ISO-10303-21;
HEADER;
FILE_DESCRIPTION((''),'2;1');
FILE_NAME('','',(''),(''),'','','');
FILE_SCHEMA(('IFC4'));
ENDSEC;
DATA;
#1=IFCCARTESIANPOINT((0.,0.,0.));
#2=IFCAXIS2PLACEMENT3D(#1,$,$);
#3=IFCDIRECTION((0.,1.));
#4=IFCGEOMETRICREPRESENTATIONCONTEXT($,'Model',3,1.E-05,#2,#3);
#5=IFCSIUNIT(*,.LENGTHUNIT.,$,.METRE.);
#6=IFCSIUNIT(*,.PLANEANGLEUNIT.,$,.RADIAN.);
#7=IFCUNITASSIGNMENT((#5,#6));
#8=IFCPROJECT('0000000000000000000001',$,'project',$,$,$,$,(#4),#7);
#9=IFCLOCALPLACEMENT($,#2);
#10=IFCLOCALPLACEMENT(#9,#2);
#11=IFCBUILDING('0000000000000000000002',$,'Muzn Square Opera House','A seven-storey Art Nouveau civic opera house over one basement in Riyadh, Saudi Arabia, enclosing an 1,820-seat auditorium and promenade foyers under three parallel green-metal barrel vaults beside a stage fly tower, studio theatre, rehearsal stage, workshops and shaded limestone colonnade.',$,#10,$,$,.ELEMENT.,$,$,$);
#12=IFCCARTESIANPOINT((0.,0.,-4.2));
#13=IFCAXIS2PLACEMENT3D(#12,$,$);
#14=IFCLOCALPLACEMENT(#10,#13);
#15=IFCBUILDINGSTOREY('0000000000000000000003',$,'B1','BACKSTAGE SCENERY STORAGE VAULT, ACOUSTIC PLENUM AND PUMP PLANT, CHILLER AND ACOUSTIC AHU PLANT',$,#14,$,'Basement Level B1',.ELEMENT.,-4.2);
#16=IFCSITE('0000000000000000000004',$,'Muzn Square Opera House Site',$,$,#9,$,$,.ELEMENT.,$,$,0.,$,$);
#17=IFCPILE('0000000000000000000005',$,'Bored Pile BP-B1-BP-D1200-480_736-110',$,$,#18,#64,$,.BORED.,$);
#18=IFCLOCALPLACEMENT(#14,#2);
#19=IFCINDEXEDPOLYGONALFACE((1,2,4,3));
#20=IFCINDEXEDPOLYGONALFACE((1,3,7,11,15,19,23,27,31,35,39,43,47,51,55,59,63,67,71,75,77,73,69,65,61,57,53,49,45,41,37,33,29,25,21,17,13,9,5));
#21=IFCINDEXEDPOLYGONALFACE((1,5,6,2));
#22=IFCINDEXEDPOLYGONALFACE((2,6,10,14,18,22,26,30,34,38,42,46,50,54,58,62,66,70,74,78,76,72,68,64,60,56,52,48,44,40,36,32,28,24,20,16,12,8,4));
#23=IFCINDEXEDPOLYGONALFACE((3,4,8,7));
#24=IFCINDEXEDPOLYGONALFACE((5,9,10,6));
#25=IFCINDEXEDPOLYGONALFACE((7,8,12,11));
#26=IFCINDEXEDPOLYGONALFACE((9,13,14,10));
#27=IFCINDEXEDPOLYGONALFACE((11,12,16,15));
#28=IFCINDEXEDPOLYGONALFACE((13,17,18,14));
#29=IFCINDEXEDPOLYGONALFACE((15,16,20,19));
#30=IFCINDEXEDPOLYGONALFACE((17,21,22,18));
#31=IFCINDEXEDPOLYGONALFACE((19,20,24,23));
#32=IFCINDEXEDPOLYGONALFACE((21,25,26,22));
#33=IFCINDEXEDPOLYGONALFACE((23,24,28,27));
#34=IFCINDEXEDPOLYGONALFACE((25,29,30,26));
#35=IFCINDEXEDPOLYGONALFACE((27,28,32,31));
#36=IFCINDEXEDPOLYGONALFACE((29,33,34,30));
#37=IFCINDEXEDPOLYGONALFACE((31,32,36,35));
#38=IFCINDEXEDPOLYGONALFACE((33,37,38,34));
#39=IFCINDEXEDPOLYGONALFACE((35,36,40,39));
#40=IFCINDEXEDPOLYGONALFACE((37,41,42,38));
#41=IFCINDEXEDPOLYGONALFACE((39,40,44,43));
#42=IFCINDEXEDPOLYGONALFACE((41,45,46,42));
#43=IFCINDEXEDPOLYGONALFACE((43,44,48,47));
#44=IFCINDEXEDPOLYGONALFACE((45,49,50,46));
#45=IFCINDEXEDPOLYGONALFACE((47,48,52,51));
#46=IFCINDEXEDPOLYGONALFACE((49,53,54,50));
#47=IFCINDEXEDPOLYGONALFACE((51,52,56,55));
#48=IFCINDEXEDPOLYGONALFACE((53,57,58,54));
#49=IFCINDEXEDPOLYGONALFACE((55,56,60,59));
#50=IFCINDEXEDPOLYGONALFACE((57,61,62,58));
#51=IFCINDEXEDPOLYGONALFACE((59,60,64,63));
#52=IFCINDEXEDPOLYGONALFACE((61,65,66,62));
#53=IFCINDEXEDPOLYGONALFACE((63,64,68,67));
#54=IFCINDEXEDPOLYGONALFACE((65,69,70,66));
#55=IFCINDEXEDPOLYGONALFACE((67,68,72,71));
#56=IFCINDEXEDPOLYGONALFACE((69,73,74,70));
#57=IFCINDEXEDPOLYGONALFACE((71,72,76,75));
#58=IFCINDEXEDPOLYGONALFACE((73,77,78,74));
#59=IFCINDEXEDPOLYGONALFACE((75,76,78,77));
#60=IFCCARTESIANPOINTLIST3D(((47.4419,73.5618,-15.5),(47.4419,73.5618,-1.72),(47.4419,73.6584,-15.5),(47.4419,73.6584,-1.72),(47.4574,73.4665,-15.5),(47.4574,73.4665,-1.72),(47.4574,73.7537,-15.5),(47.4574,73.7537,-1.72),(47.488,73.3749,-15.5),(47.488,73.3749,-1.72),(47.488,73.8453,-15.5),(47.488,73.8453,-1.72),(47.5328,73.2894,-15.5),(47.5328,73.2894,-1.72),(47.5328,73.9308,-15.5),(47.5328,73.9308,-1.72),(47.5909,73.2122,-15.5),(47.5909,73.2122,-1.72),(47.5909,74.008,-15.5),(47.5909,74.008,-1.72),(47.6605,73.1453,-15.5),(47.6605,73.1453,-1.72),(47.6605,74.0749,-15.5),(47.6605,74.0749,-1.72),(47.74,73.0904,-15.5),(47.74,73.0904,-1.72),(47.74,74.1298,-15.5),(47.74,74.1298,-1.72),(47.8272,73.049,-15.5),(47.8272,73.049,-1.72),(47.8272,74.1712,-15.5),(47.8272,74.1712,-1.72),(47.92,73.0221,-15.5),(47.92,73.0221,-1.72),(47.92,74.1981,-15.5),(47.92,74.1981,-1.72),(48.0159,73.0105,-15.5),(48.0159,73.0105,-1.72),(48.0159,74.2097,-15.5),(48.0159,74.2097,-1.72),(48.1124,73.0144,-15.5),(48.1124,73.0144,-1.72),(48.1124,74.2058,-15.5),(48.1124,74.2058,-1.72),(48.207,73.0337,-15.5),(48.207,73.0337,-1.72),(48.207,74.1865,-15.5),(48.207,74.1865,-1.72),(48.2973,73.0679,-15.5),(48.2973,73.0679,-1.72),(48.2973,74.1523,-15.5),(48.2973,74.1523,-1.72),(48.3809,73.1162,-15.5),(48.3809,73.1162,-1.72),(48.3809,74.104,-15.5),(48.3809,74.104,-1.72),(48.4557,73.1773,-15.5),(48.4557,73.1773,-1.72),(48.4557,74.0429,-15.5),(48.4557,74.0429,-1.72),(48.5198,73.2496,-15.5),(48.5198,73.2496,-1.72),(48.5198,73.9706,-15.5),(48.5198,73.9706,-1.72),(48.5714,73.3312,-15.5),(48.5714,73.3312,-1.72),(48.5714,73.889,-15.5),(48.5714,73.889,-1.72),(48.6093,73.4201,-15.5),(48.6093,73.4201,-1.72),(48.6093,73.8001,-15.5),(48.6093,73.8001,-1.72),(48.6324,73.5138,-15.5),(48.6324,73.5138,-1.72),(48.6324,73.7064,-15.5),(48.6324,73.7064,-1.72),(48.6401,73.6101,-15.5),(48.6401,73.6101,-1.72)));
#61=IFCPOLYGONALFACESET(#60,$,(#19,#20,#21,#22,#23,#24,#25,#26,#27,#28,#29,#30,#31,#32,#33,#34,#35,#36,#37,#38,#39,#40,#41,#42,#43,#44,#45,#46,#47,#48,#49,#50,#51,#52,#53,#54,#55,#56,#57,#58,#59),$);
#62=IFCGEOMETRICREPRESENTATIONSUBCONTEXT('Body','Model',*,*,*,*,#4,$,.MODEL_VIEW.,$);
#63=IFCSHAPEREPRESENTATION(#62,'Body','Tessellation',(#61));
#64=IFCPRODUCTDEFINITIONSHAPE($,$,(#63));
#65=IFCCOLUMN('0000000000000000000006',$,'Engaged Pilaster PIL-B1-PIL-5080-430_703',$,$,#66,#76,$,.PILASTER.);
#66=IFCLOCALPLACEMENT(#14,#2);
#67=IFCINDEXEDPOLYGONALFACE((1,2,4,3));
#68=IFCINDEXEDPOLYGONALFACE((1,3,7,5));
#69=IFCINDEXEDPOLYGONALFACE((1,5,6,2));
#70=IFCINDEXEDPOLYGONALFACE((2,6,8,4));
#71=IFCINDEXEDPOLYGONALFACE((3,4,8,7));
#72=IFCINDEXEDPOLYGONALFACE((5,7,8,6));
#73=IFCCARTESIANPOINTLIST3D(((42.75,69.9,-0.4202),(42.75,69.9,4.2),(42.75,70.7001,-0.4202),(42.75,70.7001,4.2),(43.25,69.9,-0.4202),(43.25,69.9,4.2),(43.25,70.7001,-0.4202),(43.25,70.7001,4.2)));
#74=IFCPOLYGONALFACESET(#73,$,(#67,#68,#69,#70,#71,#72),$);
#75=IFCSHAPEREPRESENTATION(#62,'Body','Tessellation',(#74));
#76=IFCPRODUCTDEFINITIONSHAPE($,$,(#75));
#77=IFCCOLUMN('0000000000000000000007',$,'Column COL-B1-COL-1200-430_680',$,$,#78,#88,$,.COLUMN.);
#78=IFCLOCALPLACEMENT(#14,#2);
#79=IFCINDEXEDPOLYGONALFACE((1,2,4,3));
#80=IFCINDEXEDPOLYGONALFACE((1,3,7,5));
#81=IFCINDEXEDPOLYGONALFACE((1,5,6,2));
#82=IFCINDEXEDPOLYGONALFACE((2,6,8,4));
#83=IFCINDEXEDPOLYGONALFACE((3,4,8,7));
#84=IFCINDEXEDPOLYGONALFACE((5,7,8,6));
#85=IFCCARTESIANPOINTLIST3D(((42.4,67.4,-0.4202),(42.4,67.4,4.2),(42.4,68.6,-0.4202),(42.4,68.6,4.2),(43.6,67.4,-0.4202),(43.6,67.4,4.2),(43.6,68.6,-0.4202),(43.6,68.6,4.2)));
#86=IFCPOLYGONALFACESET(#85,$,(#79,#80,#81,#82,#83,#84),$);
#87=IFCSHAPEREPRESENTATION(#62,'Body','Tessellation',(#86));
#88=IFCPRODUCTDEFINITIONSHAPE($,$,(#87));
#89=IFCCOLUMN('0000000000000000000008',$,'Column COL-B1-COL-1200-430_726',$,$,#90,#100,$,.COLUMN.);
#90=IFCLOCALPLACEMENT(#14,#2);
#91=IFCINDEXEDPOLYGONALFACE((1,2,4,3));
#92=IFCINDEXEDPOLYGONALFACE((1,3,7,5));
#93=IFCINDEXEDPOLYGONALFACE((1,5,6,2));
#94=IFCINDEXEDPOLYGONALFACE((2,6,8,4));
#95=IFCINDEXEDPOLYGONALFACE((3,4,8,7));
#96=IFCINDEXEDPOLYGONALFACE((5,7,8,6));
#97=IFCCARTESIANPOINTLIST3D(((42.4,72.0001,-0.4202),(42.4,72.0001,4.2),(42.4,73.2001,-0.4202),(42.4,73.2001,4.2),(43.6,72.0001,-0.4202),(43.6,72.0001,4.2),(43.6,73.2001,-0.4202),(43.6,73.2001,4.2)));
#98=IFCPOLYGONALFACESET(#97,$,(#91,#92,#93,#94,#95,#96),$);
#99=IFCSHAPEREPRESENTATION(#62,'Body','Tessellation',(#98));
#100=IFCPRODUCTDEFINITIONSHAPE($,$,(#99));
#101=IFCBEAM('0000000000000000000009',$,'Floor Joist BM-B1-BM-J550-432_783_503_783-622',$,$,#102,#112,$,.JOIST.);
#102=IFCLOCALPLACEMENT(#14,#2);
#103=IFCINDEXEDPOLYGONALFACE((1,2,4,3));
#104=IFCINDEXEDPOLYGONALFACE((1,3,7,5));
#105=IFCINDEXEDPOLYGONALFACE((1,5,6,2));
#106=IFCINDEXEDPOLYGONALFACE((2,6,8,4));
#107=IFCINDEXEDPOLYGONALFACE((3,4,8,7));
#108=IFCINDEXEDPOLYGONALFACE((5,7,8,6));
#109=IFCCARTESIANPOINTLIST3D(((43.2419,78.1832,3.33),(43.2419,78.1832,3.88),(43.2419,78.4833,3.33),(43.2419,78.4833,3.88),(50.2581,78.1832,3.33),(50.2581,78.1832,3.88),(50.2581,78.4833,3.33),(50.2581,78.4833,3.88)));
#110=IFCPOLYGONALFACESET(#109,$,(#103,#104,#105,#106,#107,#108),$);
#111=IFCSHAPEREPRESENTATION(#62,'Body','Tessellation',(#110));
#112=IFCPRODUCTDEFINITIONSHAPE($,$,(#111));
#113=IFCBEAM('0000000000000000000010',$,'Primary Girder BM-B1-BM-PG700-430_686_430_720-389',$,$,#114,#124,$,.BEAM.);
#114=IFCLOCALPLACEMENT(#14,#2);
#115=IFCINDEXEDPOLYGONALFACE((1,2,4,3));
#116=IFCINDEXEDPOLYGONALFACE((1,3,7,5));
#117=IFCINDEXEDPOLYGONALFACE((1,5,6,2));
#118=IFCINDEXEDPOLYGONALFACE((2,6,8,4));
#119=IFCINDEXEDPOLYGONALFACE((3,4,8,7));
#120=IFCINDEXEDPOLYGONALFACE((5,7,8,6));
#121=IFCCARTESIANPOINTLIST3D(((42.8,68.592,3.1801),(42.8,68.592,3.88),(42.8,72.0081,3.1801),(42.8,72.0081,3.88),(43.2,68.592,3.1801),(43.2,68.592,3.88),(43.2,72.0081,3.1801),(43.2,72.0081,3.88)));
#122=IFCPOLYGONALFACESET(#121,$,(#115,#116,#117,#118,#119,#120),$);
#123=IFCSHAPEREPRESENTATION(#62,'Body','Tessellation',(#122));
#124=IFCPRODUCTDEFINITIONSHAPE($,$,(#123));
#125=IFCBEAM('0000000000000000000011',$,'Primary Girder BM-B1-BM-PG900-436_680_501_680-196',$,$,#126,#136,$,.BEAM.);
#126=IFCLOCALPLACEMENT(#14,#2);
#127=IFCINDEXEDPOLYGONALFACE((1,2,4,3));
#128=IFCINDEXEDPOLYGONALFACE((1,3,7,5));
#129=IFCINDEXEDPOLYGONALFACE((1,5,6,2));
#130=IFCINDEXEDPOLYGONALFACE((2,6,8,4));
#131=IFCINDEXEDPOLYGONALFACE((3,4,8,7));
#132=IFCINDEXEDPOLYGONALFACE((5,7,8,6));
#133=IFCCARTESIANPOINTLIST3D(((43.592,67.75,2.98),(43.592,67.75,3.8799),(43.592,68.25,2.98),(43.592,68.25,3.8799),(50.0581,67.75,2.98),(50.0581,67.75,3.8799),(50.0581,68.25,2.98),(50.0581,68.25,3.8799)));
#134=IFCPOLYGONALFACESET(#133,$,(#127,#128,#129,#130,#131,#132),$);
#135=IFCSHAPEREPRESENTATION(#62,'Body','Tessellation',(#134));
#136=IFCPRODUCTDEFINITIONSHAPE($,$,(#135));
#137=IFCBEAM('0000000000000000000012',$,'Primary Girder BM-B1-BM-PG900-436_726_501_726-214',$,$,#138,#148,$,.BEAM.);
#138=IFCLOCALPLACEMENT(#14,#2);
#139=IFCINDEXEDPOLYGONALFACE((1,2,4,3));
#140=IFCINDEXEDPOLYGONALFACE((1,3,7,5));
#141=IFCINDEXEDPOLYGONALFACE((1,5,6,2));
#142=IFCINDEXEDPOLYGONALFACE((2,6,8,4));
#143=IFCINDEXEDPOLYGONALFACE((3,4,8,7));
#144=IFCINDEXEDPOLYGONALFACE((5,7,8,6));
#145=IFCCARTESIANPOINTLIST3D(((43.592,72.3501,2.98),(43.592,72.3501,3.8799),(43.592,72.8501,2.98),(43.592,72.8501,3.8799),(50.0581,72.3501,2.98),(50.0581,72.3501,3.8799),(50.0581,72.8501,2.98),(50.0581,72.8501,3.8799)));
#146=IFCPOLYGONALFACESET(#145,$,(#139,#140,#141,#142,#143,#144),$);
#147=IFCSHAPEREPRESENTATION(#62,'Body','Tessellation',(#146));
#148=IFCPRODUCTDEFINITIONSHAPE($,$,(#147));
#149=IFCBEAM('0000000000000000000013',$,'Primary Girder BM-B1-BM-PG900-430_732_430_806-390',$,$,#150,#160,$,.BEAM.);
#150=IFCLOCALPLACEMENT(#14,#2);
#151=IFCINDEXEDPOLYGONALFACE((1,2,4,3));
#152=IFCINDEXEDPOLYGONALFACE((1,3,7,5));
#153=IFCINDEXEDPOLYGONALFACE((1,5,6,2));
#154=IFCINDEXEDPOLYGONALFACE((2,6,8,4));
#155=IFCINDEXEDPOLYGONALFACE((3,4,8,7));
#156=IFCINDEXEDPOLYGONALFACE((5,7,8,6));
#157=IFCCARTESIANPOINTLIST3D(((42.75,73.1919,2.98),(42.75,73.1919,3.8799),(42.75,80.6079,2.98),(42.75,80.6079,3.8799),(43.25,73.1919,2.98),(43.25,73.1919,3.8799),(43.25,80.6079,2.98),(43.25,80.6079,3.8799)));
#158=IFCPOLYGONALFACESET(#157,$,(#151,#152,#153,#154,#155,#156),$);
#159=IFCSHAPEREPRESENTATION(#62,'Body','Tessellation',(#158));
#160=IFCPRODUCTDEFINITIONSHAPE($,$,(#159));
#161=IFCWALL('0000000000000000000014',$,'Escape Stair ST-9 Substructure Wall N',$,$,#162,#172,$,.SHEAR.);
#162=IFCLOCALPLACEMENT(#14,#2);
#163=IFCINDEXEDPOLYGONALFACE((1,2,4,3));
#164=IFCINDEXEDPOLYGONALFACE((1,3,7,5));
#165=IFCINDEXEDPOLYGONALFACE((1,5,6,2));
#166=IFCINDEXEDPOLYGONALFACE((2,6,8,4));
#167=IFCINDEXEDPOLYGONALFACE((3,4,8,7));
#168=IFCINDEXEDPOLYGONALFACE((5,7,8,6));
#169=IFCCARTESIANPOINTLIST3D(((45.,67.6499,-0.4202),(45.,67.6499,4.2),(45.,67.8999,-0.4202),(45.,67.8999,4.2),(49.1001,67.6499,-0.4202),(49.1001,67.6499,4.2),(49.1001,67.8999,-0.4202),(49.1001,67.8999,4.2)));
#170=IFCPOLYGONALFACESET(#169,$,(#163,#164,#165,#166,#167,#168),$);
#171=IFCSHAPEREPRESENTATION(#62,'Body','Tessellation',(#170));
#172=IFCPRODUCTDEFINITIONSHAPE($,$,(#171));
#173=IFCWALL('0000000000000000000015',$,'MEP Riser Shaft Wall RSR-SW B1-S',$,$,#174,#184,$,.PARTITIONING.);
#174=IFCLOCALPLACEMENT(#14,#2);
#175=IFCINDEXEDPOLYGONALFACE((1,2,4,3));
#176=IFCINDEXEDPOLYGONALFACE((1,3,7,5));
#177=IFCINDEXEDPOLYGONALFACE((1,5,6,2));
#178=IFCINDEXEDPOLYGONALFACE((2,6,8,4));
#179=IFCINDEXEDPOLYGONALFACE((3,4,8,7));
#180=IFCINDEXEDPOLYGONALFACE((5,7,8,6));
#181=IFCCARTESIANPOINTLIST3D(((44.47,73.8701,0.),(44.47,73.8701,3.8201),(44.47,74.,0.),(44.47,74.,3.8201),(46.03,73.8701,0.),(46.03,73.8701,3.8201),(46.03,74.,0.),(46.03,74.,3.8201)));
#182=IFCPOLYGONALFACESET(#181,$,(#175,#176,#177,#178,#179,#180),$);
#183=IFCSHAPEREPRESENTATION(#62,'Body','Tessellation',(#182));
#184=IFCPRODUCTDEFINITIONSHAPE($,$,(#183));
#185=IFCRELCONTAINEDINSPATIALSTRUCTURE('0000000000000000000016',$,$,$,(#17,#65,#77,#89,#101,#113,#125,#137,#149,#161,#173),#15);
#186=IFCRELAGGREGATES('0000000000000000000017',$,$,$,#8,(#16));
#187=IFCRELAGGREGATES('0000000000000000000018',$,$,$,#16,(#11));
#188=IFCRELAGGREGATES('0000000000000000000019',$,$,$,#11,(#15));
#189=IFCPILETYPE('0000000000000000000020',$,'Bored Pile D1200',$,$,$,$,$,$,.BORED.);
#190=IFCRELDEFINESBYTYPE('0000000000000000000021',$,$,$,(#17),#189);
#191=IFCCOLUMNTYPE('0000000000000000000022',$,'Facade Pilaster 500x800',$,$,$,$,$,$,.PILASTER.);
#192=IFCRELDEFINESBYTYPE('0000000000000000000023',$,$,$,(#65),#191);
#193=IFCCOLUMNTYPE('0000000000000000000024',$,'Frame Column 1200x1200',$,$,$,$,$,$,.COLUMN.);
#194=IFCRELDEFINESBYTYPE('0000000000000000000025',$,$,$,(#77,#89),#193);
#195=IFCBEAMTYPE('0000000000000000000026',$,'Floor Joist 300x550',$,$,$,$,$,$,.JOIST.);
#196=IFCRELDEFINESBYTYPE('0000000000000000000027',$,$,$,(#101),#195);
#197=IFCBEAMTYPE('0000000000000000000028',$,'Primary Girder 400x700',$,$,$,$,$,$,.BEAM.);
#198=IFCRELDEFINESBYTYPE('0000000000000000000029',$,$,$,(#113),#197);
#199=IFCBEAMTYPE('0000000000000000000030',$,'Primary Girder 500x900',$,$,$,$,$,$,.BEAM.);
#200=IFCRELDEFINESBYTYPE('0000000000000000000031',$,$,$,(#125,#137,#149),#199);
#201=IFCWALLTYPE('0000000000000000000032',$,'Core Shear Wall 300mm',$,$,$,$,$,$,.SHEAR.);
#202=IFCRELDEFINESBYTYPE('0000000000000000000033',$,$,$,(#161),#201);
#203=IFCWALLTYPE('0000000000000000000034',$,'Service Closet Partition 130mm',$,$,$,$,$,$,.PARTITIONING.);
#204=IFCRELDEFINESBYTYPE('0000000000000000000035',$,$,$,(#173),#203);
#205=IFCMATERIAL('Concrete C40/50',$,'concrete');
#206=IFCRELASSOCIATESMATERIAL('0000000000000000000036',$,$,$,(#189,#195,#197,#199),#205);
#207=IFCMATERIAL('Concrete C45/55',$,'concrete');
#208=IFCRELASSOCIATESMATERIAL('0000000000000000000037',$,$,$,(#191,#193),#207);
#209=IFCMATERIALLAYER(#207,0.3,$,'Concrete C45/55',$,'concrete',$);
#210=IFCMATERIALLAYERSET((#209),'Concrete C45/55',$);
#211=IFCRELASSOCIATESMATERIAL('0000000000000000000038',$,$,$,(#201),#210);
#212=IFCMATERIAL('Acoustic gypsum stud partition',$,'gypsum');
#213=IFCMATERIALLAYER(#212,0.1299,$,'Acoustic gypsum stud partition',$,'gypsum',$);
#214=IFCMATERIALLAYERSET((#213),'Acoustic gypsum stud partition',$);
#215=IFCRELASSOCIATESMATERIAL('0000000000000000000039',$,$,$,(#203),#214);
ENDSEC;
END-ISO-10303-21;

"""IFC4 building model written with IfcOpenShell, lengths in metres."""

from ifc_helpers import new_model, si_unit, direction, frame, frame_2d, origin, origin_2d, place, context, subcontext, project, spatial, rectangle, circle, extrude, material, layer, layer_set, material_profile, profile_set, type_object, element, save


model = new_model("IFC4")

# Units and contexts
model_context = context("Model", 3, precision=1e-05, world=origin(), true_north=direction((0.0, 1.0)))
body_context = subcontext(model_context, "Body", "Model", "MODEL_VIEW")
ifc_project = project(units=[si_unit("LENGTHUNIT", "METRE"), si_unit("PLANEANGLEUNIT", "RADIAN")], contexts=[model_context])

# Site, building, storey
site_placement = place(None, origin())
site = spatial("IfcSite", under=ifc_project, at=site_placement, Name="Muzn Square Opera House Site", CompositionType="ELEMENT", RefElevation=0.0)
building_placement = place(site_placement, origin())
building = spatial("IfcBuilding", under=site, at=building_placement, Name="Muzn Square Opera House", Description="A seven-storey Art Nouveau civic opera house over one basement in Riyadh, Saudi Arabia, enclosing an 1,820-seat auditorium and promenade foyers under three parallel green-metal barrel vaults beside a stage fly tower, studio theatre, rehearsal stage, workshops and shaded limestone colonnade.", CompositionType="ELEMENT")
storey_placement = place(building_placement, frame((0.0, 0.0, -4.2)))
storey = spatial("IfcBuildingStorey", under=building, at=storey_placement, Name="B1", Description="BACKSTAGE SCENERY STORAGE VAULT, ACOUSTIC PLENUM AND PUMP PLANT, CHILLER AND ACOUSTIC AHU PLANT", LongName="Basement Level B1", CompositionType="ELEMENT", Elevation=-4.2)

# Pile
ifc_material_1 = material(Name="Concrete C40/50", Category="concrete")
ifc_material_profile_1 = material_profile(ifc_material_1, circle(Radius=0.6001, at=origin_2d()), Name="BORED PILE D1200", Category="concrete")
ifc_profile_set_1 = profile_set([ifc_material_profile_1], Name="Concrete C40/50")
pile_type = type_object("IfcPileType", Name="Bored Pile D1200", PredefinedType="BORED", material=ifc_profile_set_1)
for number, where, z_axis, x_axis, name in (
    (1, (48.04, 73.6101, -1.72), (0.0, 0.0, -1.0), (1.0, 0.0, 0.0), "Bored Pile BP-B1-BP-D1200-480_736-110"),
):
    element("IfcPile", number, at=place(storey_placement, frame(where, z_axis=z_axis, x_axis=x_axis)), inside=storey, type_object=pile_type, Name=name, PredefinedType="BORED", context=body_context, shape_type="SweptSolid", body=[
        extrude(circle(Radius=0.6001, at=origin_2d()), origin(), (0.0, 0.0, 1.0), 13.78),
    ])

# Columns
ifc_material_2 = material(Name="Concrete C45/55", Category="concrete")
ifc_material_profile_2 = material_profile(ifc_material_2, rectangle(XDim=0.5, YDim=0.8, at=origin_2d()), Name="RC 500x800", Category="concrete")
ifc_profile_set_2 = profile_set([ifc_material_profile_2], Name="Concrete C45/55")
column_type_1 = type_object("IfcColumnType", Name="Facade Pilaster 500x800", PredefinedType="PILASTER", material=ifc_profile_set_2)
column_placement = place(storey_placement, frame((43.0, 70.3, -0.4202), z_axis=(0.0, 0.0, 1.0), x_axis=(1.0, 0.0, 0.0)))
element("IfcColumn", 2, at=column_placement, inside=storey, type_object=column_type_1, Name="Engaged Pilaster PIL-B1-PIL-5080-430_703", PredefinedType="PILASTER", context=body_context, shape_type="SweptSolid", body=[
    extrude(rectangle(XDim=0.5, YDim=0.8, at=origin_2d()), origin(), (0.0, 0.0, 1.0), 4.6201),
])
ifc_material_profile_3 = material_profile(ifc_material_2, rectangle(XDim=1.2, YDim=1.2, at=origin_2d()), Name="RC 1200x1200", Category="concrete")
ifc_profile_set_3 = profile_set([ifc_material_profile_3], Name="Concrete C45/55")
column_type_2 = type_object("IfcColumnType", Name="Frame Column 1200x1200", PredefinedType="COLUMN", material=ifc_profile_set_3)
for number, where, z_axis, x_axis, name in (
    (3, (43.0, 68.0, -0.4202), (0.0, 0.0, 1.0), (1.0, 0.0, 0.0), "Column COL-B1-COL-1200-430_680"),
    (4, (43.0, 72.6001, -0.4202), (0.0, 0.0, 1.0), (1.0, 0.0, 0.0), "Column COL-B1-COL-1200-430_726"),
):
    element("IfcColumn", number, at=place(storey_placement, frame(where, z_axis=z_axis, x_axis=x_axis)), inside=storey, type_object=column_type_2, Name=name, PredefinedType="COLUMN", context=body_context, shape_type="SweptSolid", body=[
        extrude(rectangle(XDim=1.2, YDim=1.2, at=origin_2d()), origin(), (0.0, 0.0, 1.0), 4.6201),
    ])

# Beams
ifc_material_profile_4 = material_profile(ifc_material_1, rectangle(XDim=0.3, YDim=0.55, at=origin_2d()), Name="RCJ 300x550", Category="concrete")
ifc_profile_set_4 = profile_set([ifc_material_profile_4], Name="Concrete C40/50")
beam_type_1 = type_object("IfcBeamType", Name="Floor Joist 300x550", PredefinedType="JOIST", material=ifc_profile_set_4)
beam_1_placement = place(storey_placement, frame((43.2419, 78.3333, 3.605), z_axis=(1.0, 0.0, 0.0), x_axis=(0.0, 1.0, 0.0)))
element("IfcBeam", 5, at=beam_1_placement, inside=storey, type_object=beam_type_1, Name="Floor Joist BM-B1-BM-J550-432_783_503_783-622", PredefinedType="JOIST", context=body_context, shape_type="SweptSolid", body=[
    extrude(rectangle(XDim=0.3, YDim=0.55, at=origin_2d()), origin(), (0.0, 0.0, 1.0), 7.0161),
])
ifc_material_profile_5 = material_profile(ifc_material_1, rectangle(XDim=0.3999, YDim=0.7, at=origin_2d()), Name="RCB 400x700", Category="concrete")
ifc_profile_set_5 = profile_set([ifc_material_profile_5], Name="Concrete C40/50")
beam_type_2 = type_object("IfcBeamType", Name="Primary Girder 400x700", PredefinedType="BEAM", material=ifc_profile_set_5)
beam_2_placement = place(storey_placement, frame((43.0, 68.592, 3.53), z_axis=(0.0, 1.0, 0.0), x_axis=(-1.0, 0.0, 0.0)))
element("IfcBeam", 6, at=beam_2_placement, inside=storey, type_object=beam_type_2, Name="Primary Girder BM-B1-BM-PG700-430_686_430_720-389", PredefinedType="BEAM", context=body_context, shape_type="SweptSolid", body=[
    extrude(rectangle(XDim=0.3999, YDim=0.7, at=origin_2d()), origin(), (0.0, 0.0, 1.0), 3.416),
])
ifc_material_profile_6 = material_profile(ifc_material_1, rectangle(XDim=0.5, YDim=0.8999, at=origin_2d()), Name="RCB 500x900", Category="concrete")
ifc_profile_set_6 = profile_set([ifc_material_profile_6], Name="Concrete C40/50")
beam_type_3 = type_object("IfcBeamType", Name="Primary Girder 500x900", PredefinedType="BEAM", material=ifc_profile_set_6)
for number, where, z_axis, x_axis, name in (
    (7, (43.592, 68.0, 3.4299), (1.0, 0.0, 0.0), (0.0, 1.0, 0.0), "Primary Girder BM-B1-BM-PG900-436_680_501_680-196"),
    (8, (43.592, 72.6001, 3.4299), (1.0, 0.0, 0.0), (0.0, 1.0, 0.0), "Primary Girder BM-B1-BM-PG900-436_726_501_726-214"),
):
    element("IfcBeam", number, at=place(storey_placement, frame(where, z_axis=z_axis, x_axis=x_axis)), inside=storey, type_object=beam_type_3, Name=name, PredefinedType="BEAM", context=body_context, shape_type="SweptSolid", body=[
        extrude(rectangle(XDim=0.5, YDim=0.8999, at=origin_2d()), origin(), (0.0, 0.0, 1.0), 6.4661),
    ])
beam_3_placement = place(storey_placement, frame((43.0, 73.1919, 3.4299), z_axis=(0.0, 1.0, 0.0), x_axis=(-1.0, 0.0, 0.0)))
element("IfcBeam", 9, at=beam_3_placement, inside=storey, type_object=beam_type_3, Name="Primary Girder BM-B1-BM-PG900-430_732_430_806-390", PredefinedType="BEAM", context=body_context, shape_type="SweptSolid", body=[
    extrude(rectangle(XDim=0.5, YDim=0.8999, at=origin_2d()), origin(), (0.0, 0.0, 1.0), 7.416),
])

# Walls
ifc_layer_1 = layer(ifc_material_2, 0.3, Name="Concrete C45/55", Category="concrete")
ifc_layer_set_1 = layer_set([ifc_layer_1], Name="Concrete C45/55")
wall_type_1 = type_object("IfcWallType", Name="Core Shear Wall 300mm", PredefinedType="SHEAR", material=ifc_layer_set_1)
wall_placement = place(storey_placement, frame((45.0, 67.7749, -0.4202), z_axis=(0.0, 0.0, 1.0), x_axis=(1.0, 0.0, 0.0)))
element("IfcWall", 10, at=wall_placement, inside=storey, type_object=wall_type_1, Name="Escape Stair ST-9 Substructure Wall N", PredefinedType="SHEAR", context=body_context, shape_type="SweptSolid", body=[
    extrude(rectangle(XDim=4.1001, YDim=0.25, at=frame_2d((2.05, 0.0))), origin(), (0.0, 0.0, 1.0), 4.6201),
])
ifc_material_3 = material(Name="Acoustic gypsum stud partition", Category="gypsum")
ifc_layer_2 = layer(ifc_material_3, 0.1299, Name="Acoustic gypsum stud partition", Category="gypsum")
ifc_layer_set_2 = layer_set([ifc_layer_2], Name="Acoustic gypsum stud partition")
wall_type_2 = type_object("IfcWallType", Name="Service Closet Partition 130mm", PredefinedType="PARTITIONING", material=ifc_layer_set_2)
for number, where, z_axis, x_axis, name in (
    (11, (44.47, 73.9351, 0.0), (0.0, 0.0, 1.0), (1.0, 0.0, 0.0), "MEP Riser Shaft Wall RSR-SW B1-S"),
):
    element("IfcWall", number, at=place(storey_placement, frame(where, z_axis=z_axis, x_axis=x_axis)), inside=storey, type_object=wall_type_2, Name=name, PredefinedType="PARTITIONING", context=body_context, shape_type="SweptSolid", body=[
        extrude(rectangle(XDim=1.5601, YDim=0.1299, at=frame_2d((0.78, 0.0))), origin(), (0.0, 0.0, 1.0), 3.8201),
    ])

save(model, "model.ifc")
